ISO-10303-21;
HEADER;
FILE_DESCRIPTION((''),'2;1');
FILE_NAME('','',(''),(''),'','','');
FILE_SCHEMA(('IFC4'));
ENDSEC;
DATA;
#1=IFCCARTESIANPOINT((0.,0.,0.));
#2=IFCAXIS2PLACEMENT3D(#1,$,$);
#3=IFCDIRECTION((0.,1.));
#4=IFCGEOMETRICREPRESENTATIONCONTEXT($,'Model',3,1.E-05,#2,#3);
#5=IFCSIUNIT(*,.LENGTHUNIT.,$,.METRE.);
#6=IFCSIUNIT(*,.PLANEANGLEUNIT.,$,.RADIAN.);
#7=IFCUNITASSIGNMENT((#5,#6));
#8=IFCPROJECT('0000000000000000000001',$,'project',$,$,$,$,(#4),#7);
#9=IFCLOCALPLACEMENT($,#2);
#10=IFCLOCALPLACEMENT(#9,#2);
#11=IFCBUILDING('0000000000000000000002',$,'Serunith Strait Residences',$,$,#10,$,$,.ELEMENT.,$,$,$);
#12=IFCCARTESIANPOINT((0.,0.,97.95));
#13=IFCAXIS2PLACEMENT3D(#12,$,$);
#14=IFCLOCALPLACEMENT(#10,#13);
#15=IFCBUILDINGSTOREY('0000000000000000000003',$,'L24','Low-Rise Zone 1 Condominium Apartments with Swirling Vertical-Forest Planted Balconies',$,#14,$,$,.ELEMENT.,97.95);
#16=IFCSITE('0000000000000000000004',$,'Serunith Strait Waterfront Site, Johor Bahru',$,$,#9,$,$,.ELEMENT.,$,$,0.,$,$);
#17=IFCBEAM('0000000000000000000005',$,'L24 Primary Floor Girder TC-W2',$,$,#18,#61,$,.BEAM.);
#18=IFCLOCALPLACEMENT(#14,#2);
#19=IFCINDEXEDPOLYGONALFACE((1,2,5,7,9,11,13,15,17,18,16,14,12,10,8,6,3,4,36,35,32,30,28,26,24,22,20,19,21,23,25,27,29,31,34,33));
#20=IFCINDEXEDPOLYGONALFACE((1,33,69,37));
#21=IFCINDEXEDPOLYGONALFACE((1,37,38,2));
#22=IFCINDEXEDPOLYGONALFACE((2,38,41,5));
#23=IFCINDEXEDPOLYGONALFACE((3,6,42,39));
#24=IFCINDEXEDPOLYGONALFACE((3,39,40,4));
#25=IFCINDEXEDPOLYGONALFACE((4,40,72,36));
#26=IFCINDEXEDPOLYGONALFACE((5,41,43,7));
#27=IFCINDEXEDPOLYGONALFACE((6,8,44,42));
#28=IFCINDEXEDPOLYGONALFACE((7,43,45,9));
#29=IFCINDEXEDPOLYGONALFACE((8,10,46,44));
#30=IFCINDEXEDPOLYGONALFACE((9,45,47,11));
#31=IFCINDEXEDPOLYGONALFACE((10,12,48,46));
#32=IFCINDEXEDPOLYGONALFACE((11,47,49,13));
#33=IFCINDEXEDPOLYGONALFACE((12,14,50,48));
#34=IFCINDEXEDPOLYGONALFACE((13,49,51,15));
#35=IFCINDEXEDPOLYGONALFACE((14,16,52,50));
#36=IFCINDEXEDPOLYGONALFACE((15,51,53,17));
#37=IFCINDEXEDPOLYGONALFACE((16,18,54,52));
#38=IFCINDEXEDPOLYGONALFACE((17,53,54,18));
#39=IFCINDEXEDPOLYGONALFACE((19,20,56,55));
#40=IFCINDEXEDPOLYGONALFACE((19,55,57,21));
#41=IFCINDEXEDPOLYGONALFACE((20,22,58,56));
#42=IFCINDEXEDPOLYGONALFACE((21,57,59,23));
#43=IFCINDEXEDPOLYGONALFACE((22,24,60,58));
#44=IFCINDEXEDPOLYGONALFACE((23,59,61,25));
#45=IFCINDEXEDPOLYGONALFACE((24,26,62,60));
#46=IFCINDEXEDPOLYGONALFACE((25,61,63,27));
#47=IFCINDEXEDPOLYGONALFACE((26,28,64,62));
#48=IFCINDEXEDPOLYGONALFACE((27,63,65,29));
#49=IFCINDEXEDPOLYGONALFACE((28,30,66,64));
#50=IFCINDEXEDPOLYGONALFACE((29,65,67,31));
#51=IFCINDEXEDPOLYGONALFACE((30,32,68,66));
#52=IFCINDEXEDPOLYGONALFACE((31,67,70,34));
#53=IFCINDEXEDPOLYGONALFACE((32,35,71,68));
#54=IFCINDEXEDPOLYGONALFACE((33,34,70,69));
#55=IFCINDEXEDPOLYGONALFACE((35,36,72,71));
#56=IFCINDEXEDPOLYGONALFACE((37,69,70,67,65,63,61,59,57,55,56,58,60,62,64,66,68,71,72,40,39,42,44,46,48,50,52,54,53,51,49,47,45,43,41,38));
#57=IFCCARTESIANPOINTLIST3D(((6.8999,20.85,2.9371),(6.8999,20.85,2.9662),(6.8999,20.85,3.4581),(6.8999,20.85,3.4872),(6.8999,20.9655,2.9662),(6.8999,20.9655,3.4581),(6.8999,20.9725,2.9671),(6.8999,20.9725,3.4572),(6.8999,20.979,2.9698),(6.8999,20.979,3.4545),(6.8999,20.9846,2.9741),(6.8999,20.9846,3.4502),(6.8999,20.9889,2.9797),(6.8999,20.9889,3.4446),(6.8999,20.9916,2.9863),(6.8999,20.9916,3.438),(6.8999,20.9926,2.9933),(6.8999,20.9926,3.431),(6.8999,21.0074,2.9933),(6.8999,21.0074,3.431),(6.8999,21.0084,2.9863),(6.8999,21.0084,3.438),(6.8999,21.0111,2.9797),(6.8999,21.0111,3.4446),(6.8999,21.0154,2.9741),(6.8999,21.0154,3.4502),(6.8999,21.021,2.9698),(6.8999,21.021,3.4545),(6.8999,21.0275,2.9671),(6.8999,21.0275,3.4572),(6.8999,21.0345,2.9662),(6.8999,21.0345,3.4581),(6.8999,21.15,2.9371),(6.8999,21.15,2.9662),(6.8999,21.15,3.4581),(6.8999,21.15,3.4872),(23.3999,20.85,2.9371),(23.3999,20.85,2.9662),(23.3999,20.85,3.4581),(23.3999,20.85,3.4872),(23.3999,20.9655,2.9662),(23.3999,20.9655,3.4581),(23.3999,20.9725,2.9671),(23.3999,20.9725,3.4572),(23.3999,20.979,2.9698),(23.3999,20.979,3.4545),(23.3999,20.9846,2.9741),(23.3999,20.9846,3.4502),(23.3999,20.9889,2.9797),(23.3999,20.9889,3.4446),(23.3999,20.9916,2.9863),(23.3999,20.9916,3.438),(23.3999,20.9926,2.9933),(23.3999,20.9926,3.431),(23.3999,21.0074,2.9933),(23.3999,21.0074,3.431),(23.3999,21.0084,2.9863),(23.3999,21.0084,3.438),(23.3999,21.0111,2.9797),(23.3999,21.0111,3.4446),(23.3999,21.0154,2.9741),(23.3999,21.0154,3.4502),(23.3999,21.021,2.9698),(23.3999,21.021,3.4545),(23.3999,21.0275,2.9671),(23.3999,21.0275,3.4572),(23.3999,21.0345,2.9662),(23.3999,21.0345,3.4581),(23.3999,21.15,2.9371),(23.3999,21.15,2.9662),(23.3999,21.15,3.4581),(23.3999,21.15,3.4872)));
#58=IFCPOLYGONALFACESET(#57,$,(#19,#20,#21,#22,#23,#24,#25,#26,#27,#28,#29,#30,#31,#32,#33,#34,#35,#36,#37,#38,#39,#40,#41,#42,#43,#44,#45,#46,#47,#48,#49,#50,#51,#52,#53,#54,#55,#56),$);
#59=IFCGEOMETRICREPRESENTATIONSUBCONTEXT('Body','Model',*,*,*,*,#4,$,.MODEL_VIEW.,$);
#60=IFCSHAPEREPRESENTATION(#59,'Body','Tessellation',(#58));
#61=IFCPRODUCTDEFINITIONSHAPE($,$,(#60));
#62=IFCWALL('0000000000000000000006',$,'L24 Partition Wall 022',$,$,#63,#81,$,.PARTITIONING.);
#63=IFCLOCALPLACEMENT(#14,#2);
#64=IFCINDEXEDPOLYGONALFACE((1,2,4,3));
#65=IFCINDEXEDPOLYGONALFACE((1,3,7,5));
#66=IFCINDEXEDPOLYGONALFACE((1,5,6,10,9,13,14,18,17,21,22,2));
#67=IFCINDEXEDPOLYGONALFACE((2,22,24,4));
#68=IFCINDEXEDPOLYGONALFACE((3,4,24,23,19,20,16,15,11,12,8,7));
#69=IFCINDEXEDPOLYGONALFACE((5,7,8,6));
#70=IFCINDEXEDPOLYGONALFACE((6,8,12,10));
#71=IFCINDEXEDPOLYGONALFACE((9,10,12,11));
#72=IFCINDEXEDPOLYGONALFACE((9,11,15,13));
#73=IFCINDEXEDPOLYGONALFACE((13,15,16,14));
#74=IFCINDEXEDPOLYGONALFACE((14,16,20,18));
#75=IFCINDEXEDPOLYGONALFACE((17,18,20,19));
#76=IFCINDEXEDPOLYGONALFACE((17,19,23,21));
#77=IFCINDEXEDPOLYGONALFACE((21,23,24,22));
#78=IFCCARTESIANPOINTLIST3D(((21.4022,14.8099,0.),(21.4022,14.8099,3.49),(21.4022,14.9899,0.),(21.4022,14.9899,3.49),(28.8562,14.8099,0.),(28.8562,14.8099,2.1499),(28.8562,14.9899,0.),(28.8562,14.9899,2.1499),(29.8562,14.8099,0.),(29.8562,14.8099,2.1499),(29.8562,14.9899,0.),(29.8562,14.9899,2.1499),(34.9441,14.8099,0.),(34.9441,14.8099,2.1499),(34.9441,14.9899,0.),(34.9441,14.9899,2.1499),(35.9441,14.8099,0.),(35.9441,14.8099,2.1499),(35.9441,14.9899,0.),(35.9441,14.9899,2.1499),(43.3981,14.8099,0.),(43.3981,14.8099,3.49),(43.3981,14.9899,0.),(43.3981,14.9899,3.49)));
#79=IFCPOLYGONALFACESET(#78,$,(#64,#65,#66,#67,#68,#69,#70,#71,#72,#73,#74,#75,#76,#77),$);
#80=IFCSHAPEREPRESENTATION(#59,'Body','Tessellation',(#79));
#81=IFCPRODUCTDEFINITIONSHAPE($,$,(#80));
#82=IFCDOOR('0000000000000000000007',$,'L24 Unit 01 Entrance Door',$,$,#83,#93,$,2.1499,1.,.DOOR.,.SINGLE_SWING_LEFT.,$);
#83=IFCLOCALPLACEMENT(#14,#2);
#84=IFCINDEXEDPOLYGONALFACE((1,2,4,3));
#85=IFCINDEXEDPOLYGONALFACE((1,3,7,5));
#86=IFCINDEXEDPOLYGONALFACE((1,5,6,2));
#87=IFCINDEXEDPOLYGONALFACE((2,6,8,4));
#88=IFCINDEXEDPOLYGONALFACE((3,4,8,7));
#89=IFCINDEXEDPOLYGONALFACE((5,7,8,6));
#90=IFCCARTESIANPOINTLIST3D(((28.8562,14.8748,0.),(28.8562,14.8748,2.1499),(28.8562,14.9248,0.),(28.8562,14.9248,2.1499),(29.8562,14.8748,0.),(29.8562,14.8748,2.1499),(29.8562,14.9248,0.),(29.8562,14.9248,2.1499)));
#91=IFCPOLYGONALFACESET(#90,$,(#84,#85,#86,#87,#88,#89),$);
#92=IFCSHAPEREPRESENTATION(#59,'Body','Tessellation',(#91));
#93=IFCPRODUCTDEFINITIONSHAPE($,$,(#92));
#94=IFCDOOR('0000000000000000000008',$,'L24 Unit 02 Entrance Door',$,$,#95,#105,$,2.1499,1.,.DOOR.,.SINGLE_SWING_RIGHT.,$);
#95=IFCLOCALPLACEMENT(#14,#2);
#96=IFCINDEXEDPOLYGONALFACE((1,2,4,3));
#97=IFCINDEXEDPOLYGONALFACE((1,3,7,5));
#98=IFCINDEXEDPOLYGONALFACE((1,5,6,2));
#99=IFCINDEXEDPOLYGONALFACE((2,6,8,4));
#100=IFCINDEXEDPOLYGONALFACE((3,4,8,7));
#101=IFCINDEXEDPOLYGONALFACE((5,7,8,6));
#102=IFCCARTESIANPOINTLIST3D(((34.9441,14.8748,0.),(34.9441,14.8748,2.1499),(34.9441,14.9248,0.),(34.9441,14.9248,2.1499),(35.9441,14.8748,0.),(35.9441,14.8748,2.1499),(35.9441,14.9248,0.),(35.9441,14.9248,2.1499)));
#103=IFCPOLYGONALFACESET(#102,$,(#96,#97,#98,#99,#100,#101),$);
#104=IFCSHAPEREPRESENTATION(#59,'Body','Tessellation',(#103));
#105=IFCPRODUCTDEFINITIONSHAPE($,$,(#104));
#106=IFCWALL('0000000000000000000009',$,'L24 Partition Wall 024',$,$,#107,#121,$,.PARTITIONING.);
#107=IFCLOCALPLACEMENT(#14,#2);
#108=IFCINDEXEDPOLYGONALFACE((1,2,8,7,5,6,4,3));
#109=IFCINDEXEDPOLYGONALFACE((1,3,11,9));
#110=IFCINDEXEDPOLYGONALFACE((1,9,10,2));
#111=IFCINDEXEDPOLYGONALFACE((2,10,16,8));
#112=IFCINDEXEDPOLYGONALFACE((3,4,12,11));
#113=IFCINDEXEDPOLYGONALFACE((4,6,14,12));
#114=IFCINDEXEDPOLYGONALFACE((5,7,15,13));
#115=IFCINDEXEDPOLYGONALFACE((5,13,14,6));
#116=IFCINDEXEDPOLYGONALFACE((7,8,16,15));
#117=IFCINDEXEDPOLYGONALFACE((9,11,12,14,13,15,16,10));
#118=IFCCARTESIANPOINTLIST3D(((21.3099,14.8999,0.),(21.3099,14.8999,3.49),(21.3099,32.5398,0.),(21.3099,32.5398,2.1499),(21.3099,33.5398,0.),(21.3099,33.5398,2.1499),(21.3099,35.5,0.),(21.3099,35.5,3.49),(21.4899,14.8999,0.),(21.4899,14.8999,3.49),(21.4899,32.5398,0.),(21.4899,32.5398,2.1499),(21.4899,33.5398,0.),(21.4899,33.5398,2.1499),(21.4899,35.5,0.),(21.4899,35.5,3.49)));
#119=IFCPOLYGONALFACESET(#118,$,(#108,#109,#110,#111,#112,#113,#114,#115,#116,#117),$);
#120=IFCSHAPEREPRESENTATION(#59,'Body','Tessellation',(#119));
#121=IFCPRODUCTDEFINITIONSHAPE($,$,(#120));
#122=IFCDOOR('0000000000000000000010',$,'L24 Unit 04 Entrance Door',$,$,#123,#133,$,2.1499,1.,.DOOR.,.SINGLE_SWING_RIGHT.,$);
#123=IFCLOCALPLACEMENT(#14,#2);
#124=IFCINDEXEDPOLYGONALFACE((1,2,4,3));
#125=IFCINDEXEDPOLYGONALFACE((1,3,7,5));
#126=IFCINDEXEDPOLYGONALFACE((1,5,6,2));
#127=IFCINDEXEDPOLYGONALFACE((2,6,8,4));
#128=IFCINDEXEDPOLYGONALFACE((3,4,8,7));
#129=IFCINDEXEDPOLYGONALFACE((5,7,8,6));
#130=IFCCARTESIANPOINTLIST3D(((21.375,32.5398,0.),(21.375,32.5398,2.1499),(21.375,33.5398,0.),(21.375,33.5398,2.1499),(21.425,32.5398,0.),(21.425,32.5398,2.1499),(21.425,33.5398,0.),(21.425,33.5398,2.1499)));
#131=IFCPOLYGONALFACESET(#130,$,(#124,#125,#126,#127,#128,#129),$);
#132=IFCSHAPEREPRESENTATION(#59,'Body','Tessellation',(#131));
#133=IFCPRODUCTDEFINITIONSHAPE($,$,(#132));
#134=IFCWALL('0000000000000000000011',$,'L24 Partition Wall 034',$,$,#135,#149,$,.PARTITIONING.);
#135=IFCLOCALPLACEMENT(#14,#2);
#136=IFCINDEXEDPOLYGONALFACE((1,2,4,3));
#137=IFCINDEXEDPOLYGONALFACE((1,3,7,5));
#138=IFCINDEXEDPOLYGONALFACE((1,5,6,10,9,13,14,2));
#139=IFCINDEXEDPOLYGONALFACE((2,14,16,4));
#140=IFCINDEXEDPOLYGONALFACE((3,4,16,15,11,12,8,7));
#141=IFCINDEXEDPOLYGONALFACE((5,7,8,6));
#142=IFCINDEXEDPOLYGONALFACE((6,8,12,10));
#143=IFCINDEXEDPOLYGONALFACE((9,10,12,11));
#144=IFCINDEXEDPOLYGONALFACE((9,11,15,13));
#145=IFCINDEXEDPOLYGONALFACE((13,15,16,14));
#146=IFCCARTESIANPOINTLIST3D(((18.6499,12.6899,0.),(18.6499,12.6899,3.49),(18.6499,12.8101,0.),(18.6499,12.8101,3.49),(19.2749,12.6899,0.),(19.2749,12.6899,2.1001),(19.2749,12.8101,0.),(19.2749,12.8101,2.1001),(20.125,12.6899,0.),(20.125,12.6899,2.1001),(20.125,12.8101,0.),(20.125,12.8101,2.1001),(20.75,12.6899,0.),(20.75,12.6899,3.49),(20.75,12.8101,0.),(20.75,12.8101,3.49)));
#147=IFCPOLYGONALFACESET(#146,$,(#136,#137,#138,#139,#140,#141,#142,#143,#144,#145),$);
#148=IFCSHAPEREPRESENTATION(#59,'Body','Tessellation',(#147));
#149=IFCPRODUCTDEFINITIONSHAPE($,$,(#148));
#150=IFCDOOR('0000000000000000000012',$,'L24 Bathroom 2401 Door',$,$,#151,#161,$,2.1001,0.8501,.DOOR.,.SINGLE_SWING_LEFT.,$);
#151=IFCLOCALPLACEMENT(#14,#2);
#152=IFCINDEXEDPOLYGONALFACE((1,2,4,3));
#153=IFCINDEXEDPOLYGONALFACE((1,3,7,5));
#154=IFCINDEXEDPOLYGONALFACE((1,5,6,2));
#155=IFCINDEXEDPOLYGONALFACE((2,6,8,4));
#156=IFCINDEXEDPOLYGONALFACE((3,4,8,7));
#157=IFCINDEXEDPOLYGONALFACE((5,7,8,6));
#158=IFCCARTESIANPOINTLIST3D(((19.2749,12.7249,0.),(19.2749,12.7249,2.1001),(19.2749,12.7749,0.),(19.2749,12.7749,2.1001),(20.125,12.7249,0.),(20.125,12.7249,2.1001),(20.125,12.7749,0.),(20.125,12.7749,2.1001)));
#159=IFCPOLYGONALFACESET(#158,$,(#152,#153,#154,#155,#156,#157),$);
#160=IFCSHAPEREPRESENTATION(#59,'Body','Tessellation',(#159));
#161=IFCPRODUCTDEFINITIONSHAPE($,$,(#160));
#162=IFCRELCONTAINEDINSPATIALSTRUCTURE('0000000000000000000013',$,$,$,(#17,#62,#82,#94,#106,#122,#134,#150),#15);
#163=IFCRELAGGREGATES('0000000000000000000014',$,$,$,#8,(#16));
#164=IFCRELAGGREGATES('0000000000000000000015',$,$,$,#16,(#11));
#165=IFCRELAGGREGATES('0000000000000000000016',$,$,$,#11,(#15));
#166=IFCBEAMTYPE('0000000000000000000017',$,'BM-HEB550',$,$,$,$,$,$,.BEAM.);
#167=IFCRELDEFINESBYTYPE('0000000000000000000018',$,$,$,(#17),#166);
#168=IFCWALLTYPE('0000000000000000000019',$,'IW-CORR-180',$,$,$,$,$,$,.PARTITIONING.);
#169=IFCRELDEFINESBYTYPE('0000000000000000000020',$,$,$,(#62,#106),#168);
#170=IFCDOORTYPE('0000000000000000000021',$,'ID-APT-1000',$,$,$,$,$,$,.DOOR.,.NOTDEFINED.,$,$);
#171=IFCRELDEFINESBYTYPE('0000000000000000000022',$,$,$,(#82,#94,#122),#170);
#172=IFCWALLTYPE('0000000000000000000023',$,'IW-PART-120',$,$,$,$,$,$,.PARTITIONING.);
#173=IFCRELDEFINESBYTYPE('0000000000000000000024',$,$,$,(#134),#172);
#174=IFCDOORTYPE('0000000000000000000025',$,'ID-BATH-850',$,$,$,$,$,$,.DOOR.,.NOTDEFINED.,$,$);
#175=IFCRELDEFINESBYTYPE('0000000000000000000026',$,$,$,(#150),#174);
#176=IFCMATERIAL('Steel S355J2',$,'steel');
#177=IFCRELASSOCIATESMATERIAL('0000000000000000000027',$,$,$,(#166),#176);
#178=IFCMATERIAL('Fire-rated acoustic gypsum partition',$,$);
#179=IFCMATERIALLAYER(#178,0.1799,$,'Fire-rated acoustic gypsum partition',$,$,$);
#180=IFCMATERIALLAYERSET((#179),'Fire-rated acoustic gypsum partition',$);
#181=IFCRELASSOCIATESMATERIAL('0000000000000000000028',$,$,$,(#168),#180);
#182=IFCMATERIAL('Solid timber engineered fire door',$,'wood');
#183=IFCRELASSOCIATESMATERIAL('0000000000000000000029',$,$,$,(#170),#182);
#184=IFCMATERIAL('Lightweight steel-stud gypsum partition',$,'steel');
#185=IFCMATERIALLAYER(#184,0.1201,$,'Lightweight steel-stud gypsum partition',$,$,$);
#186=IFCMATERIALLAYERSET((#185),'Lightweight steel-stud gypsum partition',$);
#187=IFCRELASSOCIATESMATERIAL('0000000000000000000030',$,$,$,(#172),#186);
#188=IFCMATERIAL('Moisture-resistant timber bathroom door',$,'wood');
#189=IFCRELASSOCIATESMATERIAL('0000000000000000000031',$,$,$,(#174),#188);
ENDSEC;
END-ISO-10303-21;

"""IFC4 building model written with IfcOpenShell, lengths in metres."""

from ifc_helpers import new_model, si_unit, direction, frame, frame_2d, origin, origin_2d, place, context, subcontext, project, spatial, rectangle, i_section, extrude, source, transform, mapped, material, layer, layer_set, material_profile, profile_set, type_object, element, fill, save


model = new_model("IFC4")

# Units and contexts
model_context = context("Model", 3, precision=1e-05, world=origin(), true_north=direction((0.0, 1.0)))
body_context = subcontext(model_context, "Body", "Model", "MODEL_VIEW")
ifc_project = project(units=[si_unit("LENGTHUNIT", "METRE"), si_unit("PLANEANGLEUNIT", "RADIAN")], contexts=[model_context])

# Site, building, storey
site_placement = place(None, origin())
site = spatial("IfcSite", under=ifc_project, at=site_placement, Name="Serunith Strait Waterfront Site, Johor Bahru", CompositionType="ELEMENT", RefElevation=0.0)
building_placement = place(site_placement, origin())
building = spatial("IfcBuilding", under=site, at=building_placement, Name="Serunith Strait Residences", CompositionType="ELEMENT")
storey_placement = place(building_placement, frame((0.0, 0.0, 97.95)))
storey = spatial("IfcBuildingStorey", under=building, at=storey_placement, Name="L24", Description="Low-Rise Zone 1 Condominium Apartments with Swirling Vertical-Forest Planted Balconies", CompositionType="ELEMENT", Elevation=97.95)

# Beam
ifc_material_1 = material(Name="Steel S355J2", Category="steel")
ifc_material_profile = material_profile(ifc_material_1, i_section(OverallWidth=0.3, OverallDepth=0.55, WebThickness=0.0149, FlangeThickness=0.0291, FilletRadius=0.0271, at=origin_2d()), Name="HEB 550")
ifc_profile_set = profile_set([ifc_material_profile], Name="Steel S355J2")
beam_type = type_object("IfcBeamType", Name="BM-HEB550", PredefinedType="BEAM", material=ifc_profile_set)
shared_shape_1 = source(origin(), body_context, "Body", "SweptSolid", [
    extrude(i_section(OverallWidth=0.3, OverallDepth=0.55, WebThickness=0.0149, FlangeThickness=0.0291, FilletRadius=0.0271, at=origin_2d()), origin(), (0.0, 0.0, 1.0), 16.5),
])
beam_placement = place(storey_placement, frame((23.3999, 21.0, 3.2122), z_axis=(-1.0, 0.0, 0.0), x_axis=(0.0, -1.0, 0.0)))
element("IfcBeam", 1, at=beam_placement, inside=storey, type_object=beam_type, Name="L24 Primary Floor Girder TC-W2", PredefinedType="BEAM", context=body_context, shape_type="MappedRepresentation", body=[
    mapped(shared_shape_1, transform((0.0, 0.0, 0.0), scale=1.0)),
])

# Wall, openings, doors
ifc_material_2 = material(Name="Fire-rated acoustic gypsum partition")
ifc_layer_1 = layer(ifc_material_2, 0.1799, Name="Fire-rated acoustic gypsum partition")
ifc_layer_set_1 = layer_set([ifc_layer_1], Name="Fire-rated acoustic gypsum partition")
wall_type_1 = type_object("IfcWallType", Name="IW-CORR-180", PredefinedType="PARTITIONING", material=ifc_layer_set_1)
wall_1_placement = place(storey_placement, frame((21.4021, 14.8999, 0.0), z_axis=(0.0, 0.0, 1.0), x_axis=(1.0, 0.0, 0.0)))
wall_1 = element("IfcWall", 2, at=wall_1_placement, inside=storey, type_object=wall_type_1, Name="L24 Partition Wall 022", PredefinedType="PARTITIONING", context=body_context, shape_type="SweptSolid", body=[
    extrude(rectangle(XDim=21.9958, YDim=0.1799, at=frame_2d((10.998, 0.0))), origin(), (0.0, 0.0, 1.0), 3.49),
])
opening_1_placement = place(wall_1_placement, frame((7.4541, 0.0, 0.0)))
opening_1 = element("IfcOpeningElement", 3, at=opening_1_placement, cuts=wall_1, PredefinedType="OPENING", context=body_context, shape_type="SweptSolid", body=[
    extrude(rectangle(XDim=1.0, YDim=2.1499, at=frame_2d((0.5, 1.075))), frame((0.0, 0.1001, 0.0), z_axis=(0.0, -1.0, 0.0), x_axis=(1.0, 0.0, 0.0)), (0.0, 0.0, 1.0), 0.2),
])
opening_2_placement = place(wall_1_placement, frame((13.542, 0.0, 0.0)))
opening_2 = element("IfcOpeningElement", 4, at=opening_2_placement, cuts=wall_1, PredefinedType="OPENING", context=body_context, shape_type="SweptSolid", body=[
    extrude(rectangle(XDim=1.0, YDim=2.1499, at=frame_2d((0.5, 1.075))), frame((0.0, 0.1001, 0.0), z_axis=(0.0, -1.0, 0.0), x_axis=(1.0, 0.0, 0.0)), (0.0, 0.0, 1.0), 0.2),
])
ifc_material_3 = material(Name="Solid timber engineered fire door", Category="wood")
door_type_1 = type_object("IfcDoorType", Name="ID-APT-1000", OperationType="NOTDEFINED", PredefinedType="DOOR", material=ifc_material_3)
shared_shape_2 = source(origin(), body_context, "Body", "SweptSolid", [
    extrude(rectangle(XDim=1.0, YDim=2.1499, at=frame_2d((0.5, 1.075))), frame((0.0, 0.0249, 0.0), z_axis=(0.0, -1.0, 0.0), x_axis=(1.0, 0.0, 0.0)), (0.0, 0.0, 1.0), 0.05),
])
door_1_placement = place(opening_1_placement, origin())
door_1 = element("IfcDoor", 5, at=door_1_placement, inside=storey, type_object=door_type_1, Name="L24 Unit 01 Entrance Door", OperationType="SINGLE_SWING_LEFT", OverallHeight=2.1499, OverallWidth=1.0, PredefinedType="DOOR", context=body_context, shape_type="MappedRepresentation", body=[
    mapped(shared_shape_2, transform((0.0, 0.0, 0.0), scale=1.0)),
])
fill(opening_1, door_1)
door_2_placement = place(opening_2_placement, origin())
door_2 = element("IfcDoor", 6, at=door_2_placement, inside=storey, type_object=door_type_1, Name="L24 Unit 02 Entrance Door", OperationType="SINGLE_SWING_RIGHT", OverallHeight=2.1499, OverallWidth=1.0, PredefinedType="DOOR", context=body_context, shape_type="MappedRepresentation", body=[
    mapped(shared_shape_2, transform((0.0, 0.0, 0.0), scale=1.0)),
])
fill(opening_2, door_2)

# Walls, openings, doors
wall_2_placement = place(storey_placement, frame((21.3999, 14.8999, 0.0), z_axis=(0.0, 0.0, 1.0), x_axis=(0.0, 1.0, 0.0)))
wall_2 = element("IfcWall", 7, at=wall_2_placement, inside=storey, type_object=wall_type_1, Name="L24 Partition Wall 024", PredefinedType="PARTITIONING", context=body_context, shape_type="SweptSolid", body=[
    extrude(rectangle(XDim=20.6001, YDim=0.1799, at=frame_2d((10.3, 0.0))), origin(), (0.0, 0.0, 1.0), 3.49),
])
opening_3_placement = place(wall_2_placement, frame((17.6399, 0.0, 0.0)))
opening_3 = element("IfcOpeningElement", 8, at=opening_3_placement, cuts=wall_2, PredefinedType="OPENING", context=body_context, shape_type="SweptSolid", body=[
    extrude(rectangle(XDim=1.0, YDim=2.1499, at=frame_2d((0.5, 1.075))), frame((0.0, 0.1001, 0.0), z_axis=(0.0, -1.0, 0.0), x_axis=(1.0, 0.0, 0.0)), (0.0, 0.0, 1.0), 0.2),
])
door_3_placement = place(opening_3_placement, origin())
door_3 = element("IfcDoor", 9, at=door_3_placement, inside=storey, type_object=door_type_1, Name="L24 Unit 04 Entrance Door", OperationType="SINGLE_SWING_RIGHT", OverallHeight=2.1499, OverallWidth=1.0, PredefinedType="DOOR", context=body_context, shape_type="MappedRepresentation", body=[
    mapped(shared_shape_2, transform((0.0, 0.0, 0.0), scale=1.0)),
])
fill(opening_3, door_3)
ifc_material_4 = material(Name="Lightweight steel-stud gypsum partition", Category="steel")
ifc_layer_2 = layer(ifc_material_4, 0.1201, Name="Lightweight steel-stud gypsum partition")
ifc_layer_set_2 = layer_set([ifc_layer_2], Name="Lightweight steel-stud gypsum partition")
wall_type_2 = type_object("IfcWallType", Name="IW-PART-120", PredefinedType="PARTITIONING", material=ifc_layer_set_2)
wall_3_placement = place(storey_placement, frame((18.6499, 12.75, 0.0), z_axis=(0.0, 0.0, 1.0), x_axis=(1.0, 0.0, 0.0)))
wall_3 = element("IfcWall", 10, at=wall_3_placement, inside=storey, type_object=wall_type_2, Name="L24 Partition Wall 034", PredefinedType="PARTITIONING", context=body_context, shape_type="SweptSolid", body=[
    extrude(rectangle(XDim=2.1001, YDim=0.1201, at=frame_2d((1.05, 0.0))), origin(), (0.0, 0.0, 1.0), 3.49),
])
opening_4_placement = place(wall_3_placement, frame((0.625, 0.0, 0.0)))
opening_4 = element("IfcOpeningElement", 11, at=opening_4_placement, cuts=wall_3, PredefinedType="OPENING", context=body_context, shape_type="SweptSolid", body=[
    extrude(rectangle(XDim=0.8501, YDim=2.1001, at=frame_2d((0.425, 1.05))), frame((0.0, 0.0701, 0.0), z_axis=(0.0, -1.0, 0.0), x_axis=(1.0, 0.0, 0.0)), (0.0, 0.0, 1.0), 0.1401),
])
ifc_material_5 = material(Name="Moisture-resistant timber bathroom door", Category="wood")
door_type_2 = type_object("IfcDoorType", Name="ID-BATH-850", OperationType="NOTDEFINED", PredefinedType="DOOR", material=ifc_material_5)
shared_shape_3 = source(origin(), body_context, "Body", "SweptSolid", [
    extrude(rectangle(XDim=0.8501, YDim=2.1001, at=frame_2d((0.425, 1.05))), frame((0.0, 0.0249, 0.0), z_axis=(0.0, -1.0, 0.0), x_axis=(1.0, 0.0, 0.0)), (0.0, 0.0, 1.0), 0.05),
])
door_4_placement = place(opening_4_placement, origin())
door_4 = element("IfcDoor", 12, at=door_4_placement, inside=storey, type_object=door_type_2, Name="L24 Bathroom 2401 Door", OperationType="SINGLE_SWING_LEFT", OverallHeight=2.1001, OverallWidth=0.8501, PredefinedType="DOOR", context=body_context, shape_type="MappedRepresentation", body=[
    mapped(shared_shape_3, transform((0.0, 0.0, 0.0), scale=1.0)),
])
fill(opening_4, door_4)

save(model, "model.ifc")
